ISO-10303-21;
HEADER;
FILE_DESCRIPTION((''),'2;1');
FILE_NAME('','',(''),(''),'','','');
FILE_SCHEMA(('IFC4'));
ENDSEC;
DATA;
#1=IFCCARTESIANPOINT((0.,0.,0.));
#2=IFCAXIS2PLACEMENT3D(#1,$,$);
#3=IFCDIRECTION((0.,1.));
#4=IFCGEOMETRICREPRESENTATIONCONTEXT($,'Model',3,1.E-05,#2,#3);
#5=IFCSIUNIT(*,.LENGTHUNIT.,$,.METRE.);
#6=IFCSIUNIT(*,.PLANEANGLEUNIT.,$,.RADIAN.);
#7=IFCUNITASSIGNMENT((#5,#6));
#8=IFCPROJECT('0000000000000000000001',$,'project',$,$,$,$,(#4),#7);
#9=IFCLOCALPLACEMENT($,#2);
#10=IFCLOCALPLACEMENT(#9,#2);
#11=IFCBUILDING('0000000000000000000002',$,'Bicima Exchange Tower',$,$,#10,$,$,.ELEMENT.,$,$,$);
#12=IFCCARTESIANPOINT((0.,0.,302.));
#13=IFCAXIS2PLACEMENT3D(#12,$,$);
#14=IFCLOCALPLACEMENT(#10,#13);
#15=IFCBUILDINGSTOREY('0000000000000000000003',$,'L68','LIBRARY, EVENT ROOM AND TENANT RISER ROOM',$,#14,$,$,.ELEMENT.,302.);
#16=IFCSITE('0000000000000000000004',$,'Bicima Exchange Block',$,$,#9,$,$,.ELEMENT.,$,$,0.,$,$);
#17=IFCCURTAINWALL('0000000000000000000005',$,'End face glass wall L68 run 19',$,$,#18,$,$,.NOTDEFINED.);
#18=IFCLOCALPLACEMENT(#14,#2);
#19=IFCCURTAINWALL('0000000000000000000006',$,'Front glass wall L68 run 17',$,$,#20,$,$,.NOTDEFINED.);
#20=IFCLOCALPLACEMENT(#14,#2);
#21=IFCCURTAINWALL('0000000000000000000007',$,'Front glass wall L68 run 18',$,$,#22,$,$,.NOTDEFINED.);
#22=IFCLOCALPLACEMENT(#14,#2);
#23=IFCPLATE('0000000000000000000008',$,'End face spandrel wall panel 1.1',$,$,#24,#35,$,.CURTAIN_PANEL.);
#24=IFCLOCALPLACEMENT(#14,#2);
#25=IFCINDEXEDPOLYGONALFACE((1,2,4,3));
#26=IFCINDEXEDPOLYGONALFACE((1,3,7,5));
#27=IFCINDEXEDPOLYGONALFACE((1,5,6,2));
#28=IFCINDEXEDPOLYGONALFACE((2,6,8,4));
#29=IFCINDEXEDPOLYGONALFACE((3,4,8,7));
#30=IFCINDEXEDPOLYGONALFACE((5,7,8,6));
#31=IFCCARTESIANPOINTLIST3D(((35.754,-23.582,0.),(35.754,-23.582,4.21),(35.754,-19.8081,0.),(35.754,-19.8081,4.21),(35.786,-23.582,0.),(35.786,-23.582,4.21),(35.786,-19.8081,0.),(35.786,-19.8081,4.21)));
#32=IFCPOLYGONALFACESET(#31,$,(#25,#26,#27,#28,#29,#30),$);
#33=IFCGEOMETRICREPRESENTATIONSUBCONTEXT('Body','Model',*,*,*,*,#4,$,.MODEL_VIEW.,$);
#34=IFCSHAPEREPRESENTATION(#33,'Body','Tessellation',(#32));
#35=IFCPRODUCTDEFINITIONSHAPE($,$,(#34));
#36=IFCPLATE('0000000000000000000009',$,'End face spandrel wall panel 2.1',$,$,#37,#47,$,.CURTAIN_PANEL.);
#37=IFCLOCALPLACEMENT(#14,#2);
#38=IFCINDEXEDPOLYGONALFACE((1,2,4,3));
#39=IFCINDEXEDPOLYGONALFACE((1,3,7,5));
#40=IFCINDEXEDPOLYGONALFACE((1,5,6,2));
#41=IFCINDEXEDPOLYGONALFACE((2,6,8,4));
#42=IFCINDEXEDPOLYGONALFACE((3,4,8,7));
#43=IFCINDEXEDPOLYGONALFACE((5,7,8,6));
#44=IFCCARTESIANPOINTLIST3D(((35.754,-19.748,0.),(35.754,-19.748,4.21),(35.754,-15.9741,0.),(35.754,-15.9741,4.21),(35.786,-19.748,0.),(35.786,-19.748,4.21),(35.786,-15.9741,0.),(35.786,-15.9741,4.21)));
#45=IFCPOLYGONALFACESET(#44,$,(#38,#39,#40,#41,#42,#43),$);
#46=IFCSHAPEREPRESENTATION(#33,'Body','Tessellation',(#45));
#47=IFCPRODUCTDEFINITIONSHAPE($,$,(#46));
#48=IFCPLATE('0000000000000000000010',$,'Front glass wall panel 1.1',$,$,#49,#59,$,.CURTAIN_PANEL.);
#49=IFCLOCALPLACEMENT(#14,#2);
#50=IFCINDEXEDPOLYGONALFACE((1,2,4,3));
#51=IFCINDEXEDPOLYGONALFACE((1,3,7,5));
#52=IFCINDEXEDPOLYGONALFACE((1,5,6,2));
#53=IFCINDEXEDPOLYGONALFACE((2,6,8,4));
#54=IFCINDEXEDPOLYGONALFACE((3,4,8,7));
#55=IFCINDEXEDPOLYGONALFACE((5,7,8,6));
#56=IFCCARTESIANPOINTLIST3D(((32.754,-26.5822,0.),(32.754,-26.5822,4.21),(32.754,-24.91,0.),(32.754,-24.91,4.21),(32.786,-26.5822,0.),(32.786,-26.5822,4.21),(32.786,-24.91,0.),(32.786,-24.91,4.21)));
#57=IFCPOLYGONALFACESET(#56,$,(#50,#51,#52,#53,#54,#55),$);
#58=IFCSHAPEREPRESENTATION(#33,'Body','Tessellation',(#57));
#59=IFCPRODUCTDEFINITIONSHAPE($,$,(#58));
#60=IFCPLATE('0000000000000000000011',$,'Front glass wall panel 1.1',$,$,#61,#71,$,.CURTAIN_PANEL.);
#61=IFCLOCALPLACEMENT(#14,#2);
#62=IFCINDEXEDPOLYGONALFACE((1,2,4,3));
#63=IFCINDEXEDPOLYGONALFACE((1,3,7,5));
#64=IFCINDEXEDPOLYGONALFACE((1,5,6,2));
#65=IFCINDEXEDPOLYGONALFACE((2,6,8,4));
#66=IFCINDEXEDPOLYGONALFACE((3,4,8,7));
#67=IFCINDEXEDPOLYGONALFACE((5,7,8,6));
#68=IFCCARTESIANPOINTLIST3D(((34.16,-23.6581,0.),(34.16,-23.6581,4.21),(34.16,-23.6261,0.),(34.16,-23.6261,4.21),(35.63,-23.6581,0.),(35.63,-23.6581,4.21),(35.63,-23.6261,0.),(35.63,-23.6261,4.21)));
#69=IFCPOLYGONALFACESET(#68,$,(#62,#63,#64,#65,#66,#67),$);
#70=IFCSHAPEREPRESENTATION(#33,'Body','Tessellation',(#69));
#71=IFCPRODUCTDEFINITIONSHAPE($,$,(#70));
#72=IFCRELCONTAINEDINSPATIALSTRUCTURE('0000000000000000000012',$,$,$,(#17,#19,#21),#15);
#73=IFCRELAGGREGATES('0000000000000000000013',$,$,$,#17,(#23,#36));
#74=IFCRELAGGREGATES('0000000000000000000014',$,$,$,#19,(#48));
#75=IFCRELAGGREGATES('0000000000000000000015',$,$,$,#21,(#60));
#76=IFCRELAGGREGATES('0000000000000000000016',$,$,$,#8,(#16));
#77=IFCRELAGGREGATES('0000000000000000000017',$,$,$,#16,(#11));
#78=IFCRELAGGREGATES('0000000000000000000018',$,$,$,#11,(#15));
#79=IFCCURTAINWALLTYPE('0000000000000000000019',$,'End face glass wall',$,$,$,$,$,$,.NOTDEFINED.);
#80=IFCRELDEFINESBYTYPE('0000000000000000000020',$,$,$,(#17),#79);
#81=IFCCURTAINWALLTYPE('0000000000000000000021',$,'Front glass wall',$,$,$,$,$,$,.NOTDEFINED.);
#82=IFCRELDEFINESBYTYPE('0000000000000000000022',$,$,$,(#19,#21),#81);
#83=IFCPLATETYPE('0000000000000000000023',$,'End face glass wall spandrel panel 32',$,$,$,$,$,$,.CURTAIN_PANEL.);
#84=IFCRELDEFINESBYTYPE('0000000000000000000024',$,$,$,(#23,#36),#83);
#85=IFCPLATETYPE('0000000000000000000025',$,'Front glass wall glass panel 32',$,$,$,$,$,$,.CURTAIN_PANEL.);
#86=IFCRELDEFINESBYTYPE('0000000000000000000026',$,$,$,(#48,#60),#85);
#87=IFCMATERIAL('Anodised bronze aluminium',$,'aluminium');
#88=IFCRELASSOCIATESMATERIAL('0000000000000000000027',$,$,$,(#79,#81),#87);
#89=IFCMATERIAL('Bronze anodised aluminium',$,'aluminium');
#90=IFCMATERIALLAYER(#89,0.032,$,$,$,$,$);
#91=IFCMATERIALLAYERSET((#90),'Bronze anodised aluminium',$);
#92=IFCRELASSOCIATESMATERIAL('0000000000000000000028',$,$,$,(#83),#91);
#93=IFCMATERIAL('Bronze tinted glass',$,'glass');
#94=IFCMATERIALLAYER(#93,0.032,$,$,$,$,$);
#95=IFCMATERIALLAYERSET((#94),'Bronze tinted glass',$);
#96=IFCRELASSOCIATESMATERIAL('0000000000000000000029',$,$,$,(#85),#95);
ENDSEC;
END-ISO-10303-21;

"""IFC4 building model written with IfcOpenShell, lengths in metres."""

from ifc_helpers import new_model, si_unit, direction, frame, origin, origin_2d, place, context, subcontext, project, spatial, rectangle, extrude, material, layer, layer_set, type_object, element, aggregate, save


model = new_model("IFC4")

# Units and contexts
model_context = context("Model", 3, precision=1e-05, world=origin(), true_north=direction((0.0, 1.0)))
body_context = subcontext(model_context, "Body", "Model", "MODEL_VIEW")
ifc_project = project(units=[si_unit("LENGTHUNIT", "METRE"), si_unit("PLANEANGLEUNIT", "RADIAN")], contexts=[model_context])

# Site, building, storey
site_placement = place(None, origin())
site = spatial("IfcSite", under=ifc_project, at=site_placement, Name="Bicima Exchange Block", CompositionType="ELEMENT", RefElevation=0.0)
building_placement = place(site_placement, origin())
building = spatial("IfcBuilding", under=site, at=building_placement, Name="Bicima Exchange Tower", CompositionType="ELEMENT")
storey_placement = place(building_placement, frame((0.0, 0.0, 302.0)))
storey = spatial("IfcBuildingStorey", under=building, at=storey_placement, Name="L68", Description="LIBRARY, EVENT ROOM AND TENANT RISER ROOM", CompositionType="ELEMENT", Elevation=302.0)

# Curtain wall
ifc_material_1 = material(Name="Anodised bronze aluminium", Category="aluminium")
curtain_wall_type_1 = type_object("IfcCurtainWallType", Name="End face glass wall", PredefinedType="NOTDEFINED", material=ifc_material_1)
curtain_wall_1_placement = place(storey_placement, origin())
curtain_wall_1 = element("IfcCurtainWall", 1, at=curtain_wall_1_placement, inside=storey, type_object=curtain_wall_type_1, Name="End face glass wall L68 run 19", PredefinedType="NOTDEFINED")

# Curtain wall
curtain_wall_type_2 = type_object("IfcCurtainWallType", Name="Front glass wall", PredefinedType="NOTDEFINED", material=ifc_material_1)
curtain_wall_2_placement = place(storey_placement, origin())
curtain_wall_2 = element("IfcCurtainWall", 2, at=curtain_wall_2_placement, inside=storey, type_object=curtain_wall_type_2, Name="Front glass wall L68 run 17", PredefinedType="NOTDEFINED")

# Curtain wall
curtain_wall_3_placement = place(storey_placement, origin())
curtain_wall_3 = element("IfcCurtainWall", 3, at=curtain_wall_3_placement, inside=storey, type_object=curtain_wall_type_2, Name="Front glass wall L68 run 18", PredefinedType="NOTDEFINED")

# Plates
ifc_material_2 = material(Name="Bronze tinted glass", Category="glass")
ifc_material_3 = material(Name="Bronze anodised aluminium", Category="aluminium")
ifc_layer_1 = layer(ifc_material_3, 0.032)
ifc_layer_set_1 = layer_set([ifc_layer_1], Name="Bronze anodised aluminium")
plate_type_1 = type_object("IfcPlateType", Name="End face glass wall spandrel panel 32", PredefinedType="CURTAIN_PANEL", material=ifc_layer_set_1)
plate_1_placement = place(storey_placement, frame((35.77, -21.6951, 0.0), z_axis=(0.0, 0.0, 1.0), x_axis=(0.0, 1.0, 0.0)))
plate_1 = element("IfcPlate", 4, at=plate_1_placement, type_object=plate_type_1, Name="End face spandrel wall panel 1.1", PredefinedType="CURTAIN_PANEL", context=body_context, shape_type="SweptSolid", body=[
    extrude(rectangle(XDim=3.7739, YDim=0.032, at=origin_2d()), origin(), (0.0, 0.0, 1.0), 4.21),
])
plate_2_placement = place(storey_placement, frame((35.77, -17.8611, 0.0), z_axis=(0.0, 0.0, 1.0), x_axis=(0.0, 1.0, 0.0)))
plate_2 = element("IfcPlate", 5, at=plate_2_placement, type_object=plate_type_1, Name="End face spandrel wall panel 2.1", PredefinedType="CURTAIN_PANEL", context=body_context, shape_type="SweptSolid", body=[
    extrude(rectangle(XDim=3.7739, YDim=0.032, at=origin_2d()), origin(), (0.0, 0.0, 1.0), 4.21),
])
aggregate(curtain_wall_1, [plate_1, plate_2])
ifc_layer_2 = layer(ifc_material_2, 0.032)
ifc_layer_set_2 = layer_set([ifc_layer_2], Name="Bronze tinted glass")
plate_type_2 = type_object("IfcPlateType", Name="Front glass wall glass panel 32", PredefinedType="CURTAIN_PANEL", material=ifc_layer_set_2)
plate_3_placement = place(storey_placement, frame((32.77, -25.7461, 0.0), z_axis=(0.0, 0.0, 1.0), x_axis=(0.0, 1.0, 0.0)))
plate_3 = element("IfcPlate", 6, at=plate_3_placement, type_object=plate_type_2, Name="Front glass wall panel 1.1", PredefinedType="CURTAIN_PANEL", context=body_context, shape_type="SweptSolid", body=[
    extrude(rectangle(XDim=1.6721, YDim=0.032, at=origin_2d()), origin(), (0.0, 0.0, 1.0), 4.21),
])
aggregate(curtain_wall_2, [plate_3])
plate_4_placement = place(storey_placement, frame((34.895, -23.6421, 0.0), z_axis=(0.0, 0.0, 1.0), x_axis=(1.0, 0.0, 0.0)))
plate_4 = element("IfcPlate", 7, at=plate_4_placement, type_object=plate_type_2, Name="Front glass wall panel 1.1", PredefinedType="CURTAIN_PANEL", context=body_context, shape_type="SweptSolid", body=[
    extrude(rectangle(XDim=1.47, YDim=0.032, at=origin_2d()), origin(), (0.0, 0.0, 1.0), 4.21),
])
aggregate(curtain_wall_3, [plate_4])

save(model, "model.ifc")
